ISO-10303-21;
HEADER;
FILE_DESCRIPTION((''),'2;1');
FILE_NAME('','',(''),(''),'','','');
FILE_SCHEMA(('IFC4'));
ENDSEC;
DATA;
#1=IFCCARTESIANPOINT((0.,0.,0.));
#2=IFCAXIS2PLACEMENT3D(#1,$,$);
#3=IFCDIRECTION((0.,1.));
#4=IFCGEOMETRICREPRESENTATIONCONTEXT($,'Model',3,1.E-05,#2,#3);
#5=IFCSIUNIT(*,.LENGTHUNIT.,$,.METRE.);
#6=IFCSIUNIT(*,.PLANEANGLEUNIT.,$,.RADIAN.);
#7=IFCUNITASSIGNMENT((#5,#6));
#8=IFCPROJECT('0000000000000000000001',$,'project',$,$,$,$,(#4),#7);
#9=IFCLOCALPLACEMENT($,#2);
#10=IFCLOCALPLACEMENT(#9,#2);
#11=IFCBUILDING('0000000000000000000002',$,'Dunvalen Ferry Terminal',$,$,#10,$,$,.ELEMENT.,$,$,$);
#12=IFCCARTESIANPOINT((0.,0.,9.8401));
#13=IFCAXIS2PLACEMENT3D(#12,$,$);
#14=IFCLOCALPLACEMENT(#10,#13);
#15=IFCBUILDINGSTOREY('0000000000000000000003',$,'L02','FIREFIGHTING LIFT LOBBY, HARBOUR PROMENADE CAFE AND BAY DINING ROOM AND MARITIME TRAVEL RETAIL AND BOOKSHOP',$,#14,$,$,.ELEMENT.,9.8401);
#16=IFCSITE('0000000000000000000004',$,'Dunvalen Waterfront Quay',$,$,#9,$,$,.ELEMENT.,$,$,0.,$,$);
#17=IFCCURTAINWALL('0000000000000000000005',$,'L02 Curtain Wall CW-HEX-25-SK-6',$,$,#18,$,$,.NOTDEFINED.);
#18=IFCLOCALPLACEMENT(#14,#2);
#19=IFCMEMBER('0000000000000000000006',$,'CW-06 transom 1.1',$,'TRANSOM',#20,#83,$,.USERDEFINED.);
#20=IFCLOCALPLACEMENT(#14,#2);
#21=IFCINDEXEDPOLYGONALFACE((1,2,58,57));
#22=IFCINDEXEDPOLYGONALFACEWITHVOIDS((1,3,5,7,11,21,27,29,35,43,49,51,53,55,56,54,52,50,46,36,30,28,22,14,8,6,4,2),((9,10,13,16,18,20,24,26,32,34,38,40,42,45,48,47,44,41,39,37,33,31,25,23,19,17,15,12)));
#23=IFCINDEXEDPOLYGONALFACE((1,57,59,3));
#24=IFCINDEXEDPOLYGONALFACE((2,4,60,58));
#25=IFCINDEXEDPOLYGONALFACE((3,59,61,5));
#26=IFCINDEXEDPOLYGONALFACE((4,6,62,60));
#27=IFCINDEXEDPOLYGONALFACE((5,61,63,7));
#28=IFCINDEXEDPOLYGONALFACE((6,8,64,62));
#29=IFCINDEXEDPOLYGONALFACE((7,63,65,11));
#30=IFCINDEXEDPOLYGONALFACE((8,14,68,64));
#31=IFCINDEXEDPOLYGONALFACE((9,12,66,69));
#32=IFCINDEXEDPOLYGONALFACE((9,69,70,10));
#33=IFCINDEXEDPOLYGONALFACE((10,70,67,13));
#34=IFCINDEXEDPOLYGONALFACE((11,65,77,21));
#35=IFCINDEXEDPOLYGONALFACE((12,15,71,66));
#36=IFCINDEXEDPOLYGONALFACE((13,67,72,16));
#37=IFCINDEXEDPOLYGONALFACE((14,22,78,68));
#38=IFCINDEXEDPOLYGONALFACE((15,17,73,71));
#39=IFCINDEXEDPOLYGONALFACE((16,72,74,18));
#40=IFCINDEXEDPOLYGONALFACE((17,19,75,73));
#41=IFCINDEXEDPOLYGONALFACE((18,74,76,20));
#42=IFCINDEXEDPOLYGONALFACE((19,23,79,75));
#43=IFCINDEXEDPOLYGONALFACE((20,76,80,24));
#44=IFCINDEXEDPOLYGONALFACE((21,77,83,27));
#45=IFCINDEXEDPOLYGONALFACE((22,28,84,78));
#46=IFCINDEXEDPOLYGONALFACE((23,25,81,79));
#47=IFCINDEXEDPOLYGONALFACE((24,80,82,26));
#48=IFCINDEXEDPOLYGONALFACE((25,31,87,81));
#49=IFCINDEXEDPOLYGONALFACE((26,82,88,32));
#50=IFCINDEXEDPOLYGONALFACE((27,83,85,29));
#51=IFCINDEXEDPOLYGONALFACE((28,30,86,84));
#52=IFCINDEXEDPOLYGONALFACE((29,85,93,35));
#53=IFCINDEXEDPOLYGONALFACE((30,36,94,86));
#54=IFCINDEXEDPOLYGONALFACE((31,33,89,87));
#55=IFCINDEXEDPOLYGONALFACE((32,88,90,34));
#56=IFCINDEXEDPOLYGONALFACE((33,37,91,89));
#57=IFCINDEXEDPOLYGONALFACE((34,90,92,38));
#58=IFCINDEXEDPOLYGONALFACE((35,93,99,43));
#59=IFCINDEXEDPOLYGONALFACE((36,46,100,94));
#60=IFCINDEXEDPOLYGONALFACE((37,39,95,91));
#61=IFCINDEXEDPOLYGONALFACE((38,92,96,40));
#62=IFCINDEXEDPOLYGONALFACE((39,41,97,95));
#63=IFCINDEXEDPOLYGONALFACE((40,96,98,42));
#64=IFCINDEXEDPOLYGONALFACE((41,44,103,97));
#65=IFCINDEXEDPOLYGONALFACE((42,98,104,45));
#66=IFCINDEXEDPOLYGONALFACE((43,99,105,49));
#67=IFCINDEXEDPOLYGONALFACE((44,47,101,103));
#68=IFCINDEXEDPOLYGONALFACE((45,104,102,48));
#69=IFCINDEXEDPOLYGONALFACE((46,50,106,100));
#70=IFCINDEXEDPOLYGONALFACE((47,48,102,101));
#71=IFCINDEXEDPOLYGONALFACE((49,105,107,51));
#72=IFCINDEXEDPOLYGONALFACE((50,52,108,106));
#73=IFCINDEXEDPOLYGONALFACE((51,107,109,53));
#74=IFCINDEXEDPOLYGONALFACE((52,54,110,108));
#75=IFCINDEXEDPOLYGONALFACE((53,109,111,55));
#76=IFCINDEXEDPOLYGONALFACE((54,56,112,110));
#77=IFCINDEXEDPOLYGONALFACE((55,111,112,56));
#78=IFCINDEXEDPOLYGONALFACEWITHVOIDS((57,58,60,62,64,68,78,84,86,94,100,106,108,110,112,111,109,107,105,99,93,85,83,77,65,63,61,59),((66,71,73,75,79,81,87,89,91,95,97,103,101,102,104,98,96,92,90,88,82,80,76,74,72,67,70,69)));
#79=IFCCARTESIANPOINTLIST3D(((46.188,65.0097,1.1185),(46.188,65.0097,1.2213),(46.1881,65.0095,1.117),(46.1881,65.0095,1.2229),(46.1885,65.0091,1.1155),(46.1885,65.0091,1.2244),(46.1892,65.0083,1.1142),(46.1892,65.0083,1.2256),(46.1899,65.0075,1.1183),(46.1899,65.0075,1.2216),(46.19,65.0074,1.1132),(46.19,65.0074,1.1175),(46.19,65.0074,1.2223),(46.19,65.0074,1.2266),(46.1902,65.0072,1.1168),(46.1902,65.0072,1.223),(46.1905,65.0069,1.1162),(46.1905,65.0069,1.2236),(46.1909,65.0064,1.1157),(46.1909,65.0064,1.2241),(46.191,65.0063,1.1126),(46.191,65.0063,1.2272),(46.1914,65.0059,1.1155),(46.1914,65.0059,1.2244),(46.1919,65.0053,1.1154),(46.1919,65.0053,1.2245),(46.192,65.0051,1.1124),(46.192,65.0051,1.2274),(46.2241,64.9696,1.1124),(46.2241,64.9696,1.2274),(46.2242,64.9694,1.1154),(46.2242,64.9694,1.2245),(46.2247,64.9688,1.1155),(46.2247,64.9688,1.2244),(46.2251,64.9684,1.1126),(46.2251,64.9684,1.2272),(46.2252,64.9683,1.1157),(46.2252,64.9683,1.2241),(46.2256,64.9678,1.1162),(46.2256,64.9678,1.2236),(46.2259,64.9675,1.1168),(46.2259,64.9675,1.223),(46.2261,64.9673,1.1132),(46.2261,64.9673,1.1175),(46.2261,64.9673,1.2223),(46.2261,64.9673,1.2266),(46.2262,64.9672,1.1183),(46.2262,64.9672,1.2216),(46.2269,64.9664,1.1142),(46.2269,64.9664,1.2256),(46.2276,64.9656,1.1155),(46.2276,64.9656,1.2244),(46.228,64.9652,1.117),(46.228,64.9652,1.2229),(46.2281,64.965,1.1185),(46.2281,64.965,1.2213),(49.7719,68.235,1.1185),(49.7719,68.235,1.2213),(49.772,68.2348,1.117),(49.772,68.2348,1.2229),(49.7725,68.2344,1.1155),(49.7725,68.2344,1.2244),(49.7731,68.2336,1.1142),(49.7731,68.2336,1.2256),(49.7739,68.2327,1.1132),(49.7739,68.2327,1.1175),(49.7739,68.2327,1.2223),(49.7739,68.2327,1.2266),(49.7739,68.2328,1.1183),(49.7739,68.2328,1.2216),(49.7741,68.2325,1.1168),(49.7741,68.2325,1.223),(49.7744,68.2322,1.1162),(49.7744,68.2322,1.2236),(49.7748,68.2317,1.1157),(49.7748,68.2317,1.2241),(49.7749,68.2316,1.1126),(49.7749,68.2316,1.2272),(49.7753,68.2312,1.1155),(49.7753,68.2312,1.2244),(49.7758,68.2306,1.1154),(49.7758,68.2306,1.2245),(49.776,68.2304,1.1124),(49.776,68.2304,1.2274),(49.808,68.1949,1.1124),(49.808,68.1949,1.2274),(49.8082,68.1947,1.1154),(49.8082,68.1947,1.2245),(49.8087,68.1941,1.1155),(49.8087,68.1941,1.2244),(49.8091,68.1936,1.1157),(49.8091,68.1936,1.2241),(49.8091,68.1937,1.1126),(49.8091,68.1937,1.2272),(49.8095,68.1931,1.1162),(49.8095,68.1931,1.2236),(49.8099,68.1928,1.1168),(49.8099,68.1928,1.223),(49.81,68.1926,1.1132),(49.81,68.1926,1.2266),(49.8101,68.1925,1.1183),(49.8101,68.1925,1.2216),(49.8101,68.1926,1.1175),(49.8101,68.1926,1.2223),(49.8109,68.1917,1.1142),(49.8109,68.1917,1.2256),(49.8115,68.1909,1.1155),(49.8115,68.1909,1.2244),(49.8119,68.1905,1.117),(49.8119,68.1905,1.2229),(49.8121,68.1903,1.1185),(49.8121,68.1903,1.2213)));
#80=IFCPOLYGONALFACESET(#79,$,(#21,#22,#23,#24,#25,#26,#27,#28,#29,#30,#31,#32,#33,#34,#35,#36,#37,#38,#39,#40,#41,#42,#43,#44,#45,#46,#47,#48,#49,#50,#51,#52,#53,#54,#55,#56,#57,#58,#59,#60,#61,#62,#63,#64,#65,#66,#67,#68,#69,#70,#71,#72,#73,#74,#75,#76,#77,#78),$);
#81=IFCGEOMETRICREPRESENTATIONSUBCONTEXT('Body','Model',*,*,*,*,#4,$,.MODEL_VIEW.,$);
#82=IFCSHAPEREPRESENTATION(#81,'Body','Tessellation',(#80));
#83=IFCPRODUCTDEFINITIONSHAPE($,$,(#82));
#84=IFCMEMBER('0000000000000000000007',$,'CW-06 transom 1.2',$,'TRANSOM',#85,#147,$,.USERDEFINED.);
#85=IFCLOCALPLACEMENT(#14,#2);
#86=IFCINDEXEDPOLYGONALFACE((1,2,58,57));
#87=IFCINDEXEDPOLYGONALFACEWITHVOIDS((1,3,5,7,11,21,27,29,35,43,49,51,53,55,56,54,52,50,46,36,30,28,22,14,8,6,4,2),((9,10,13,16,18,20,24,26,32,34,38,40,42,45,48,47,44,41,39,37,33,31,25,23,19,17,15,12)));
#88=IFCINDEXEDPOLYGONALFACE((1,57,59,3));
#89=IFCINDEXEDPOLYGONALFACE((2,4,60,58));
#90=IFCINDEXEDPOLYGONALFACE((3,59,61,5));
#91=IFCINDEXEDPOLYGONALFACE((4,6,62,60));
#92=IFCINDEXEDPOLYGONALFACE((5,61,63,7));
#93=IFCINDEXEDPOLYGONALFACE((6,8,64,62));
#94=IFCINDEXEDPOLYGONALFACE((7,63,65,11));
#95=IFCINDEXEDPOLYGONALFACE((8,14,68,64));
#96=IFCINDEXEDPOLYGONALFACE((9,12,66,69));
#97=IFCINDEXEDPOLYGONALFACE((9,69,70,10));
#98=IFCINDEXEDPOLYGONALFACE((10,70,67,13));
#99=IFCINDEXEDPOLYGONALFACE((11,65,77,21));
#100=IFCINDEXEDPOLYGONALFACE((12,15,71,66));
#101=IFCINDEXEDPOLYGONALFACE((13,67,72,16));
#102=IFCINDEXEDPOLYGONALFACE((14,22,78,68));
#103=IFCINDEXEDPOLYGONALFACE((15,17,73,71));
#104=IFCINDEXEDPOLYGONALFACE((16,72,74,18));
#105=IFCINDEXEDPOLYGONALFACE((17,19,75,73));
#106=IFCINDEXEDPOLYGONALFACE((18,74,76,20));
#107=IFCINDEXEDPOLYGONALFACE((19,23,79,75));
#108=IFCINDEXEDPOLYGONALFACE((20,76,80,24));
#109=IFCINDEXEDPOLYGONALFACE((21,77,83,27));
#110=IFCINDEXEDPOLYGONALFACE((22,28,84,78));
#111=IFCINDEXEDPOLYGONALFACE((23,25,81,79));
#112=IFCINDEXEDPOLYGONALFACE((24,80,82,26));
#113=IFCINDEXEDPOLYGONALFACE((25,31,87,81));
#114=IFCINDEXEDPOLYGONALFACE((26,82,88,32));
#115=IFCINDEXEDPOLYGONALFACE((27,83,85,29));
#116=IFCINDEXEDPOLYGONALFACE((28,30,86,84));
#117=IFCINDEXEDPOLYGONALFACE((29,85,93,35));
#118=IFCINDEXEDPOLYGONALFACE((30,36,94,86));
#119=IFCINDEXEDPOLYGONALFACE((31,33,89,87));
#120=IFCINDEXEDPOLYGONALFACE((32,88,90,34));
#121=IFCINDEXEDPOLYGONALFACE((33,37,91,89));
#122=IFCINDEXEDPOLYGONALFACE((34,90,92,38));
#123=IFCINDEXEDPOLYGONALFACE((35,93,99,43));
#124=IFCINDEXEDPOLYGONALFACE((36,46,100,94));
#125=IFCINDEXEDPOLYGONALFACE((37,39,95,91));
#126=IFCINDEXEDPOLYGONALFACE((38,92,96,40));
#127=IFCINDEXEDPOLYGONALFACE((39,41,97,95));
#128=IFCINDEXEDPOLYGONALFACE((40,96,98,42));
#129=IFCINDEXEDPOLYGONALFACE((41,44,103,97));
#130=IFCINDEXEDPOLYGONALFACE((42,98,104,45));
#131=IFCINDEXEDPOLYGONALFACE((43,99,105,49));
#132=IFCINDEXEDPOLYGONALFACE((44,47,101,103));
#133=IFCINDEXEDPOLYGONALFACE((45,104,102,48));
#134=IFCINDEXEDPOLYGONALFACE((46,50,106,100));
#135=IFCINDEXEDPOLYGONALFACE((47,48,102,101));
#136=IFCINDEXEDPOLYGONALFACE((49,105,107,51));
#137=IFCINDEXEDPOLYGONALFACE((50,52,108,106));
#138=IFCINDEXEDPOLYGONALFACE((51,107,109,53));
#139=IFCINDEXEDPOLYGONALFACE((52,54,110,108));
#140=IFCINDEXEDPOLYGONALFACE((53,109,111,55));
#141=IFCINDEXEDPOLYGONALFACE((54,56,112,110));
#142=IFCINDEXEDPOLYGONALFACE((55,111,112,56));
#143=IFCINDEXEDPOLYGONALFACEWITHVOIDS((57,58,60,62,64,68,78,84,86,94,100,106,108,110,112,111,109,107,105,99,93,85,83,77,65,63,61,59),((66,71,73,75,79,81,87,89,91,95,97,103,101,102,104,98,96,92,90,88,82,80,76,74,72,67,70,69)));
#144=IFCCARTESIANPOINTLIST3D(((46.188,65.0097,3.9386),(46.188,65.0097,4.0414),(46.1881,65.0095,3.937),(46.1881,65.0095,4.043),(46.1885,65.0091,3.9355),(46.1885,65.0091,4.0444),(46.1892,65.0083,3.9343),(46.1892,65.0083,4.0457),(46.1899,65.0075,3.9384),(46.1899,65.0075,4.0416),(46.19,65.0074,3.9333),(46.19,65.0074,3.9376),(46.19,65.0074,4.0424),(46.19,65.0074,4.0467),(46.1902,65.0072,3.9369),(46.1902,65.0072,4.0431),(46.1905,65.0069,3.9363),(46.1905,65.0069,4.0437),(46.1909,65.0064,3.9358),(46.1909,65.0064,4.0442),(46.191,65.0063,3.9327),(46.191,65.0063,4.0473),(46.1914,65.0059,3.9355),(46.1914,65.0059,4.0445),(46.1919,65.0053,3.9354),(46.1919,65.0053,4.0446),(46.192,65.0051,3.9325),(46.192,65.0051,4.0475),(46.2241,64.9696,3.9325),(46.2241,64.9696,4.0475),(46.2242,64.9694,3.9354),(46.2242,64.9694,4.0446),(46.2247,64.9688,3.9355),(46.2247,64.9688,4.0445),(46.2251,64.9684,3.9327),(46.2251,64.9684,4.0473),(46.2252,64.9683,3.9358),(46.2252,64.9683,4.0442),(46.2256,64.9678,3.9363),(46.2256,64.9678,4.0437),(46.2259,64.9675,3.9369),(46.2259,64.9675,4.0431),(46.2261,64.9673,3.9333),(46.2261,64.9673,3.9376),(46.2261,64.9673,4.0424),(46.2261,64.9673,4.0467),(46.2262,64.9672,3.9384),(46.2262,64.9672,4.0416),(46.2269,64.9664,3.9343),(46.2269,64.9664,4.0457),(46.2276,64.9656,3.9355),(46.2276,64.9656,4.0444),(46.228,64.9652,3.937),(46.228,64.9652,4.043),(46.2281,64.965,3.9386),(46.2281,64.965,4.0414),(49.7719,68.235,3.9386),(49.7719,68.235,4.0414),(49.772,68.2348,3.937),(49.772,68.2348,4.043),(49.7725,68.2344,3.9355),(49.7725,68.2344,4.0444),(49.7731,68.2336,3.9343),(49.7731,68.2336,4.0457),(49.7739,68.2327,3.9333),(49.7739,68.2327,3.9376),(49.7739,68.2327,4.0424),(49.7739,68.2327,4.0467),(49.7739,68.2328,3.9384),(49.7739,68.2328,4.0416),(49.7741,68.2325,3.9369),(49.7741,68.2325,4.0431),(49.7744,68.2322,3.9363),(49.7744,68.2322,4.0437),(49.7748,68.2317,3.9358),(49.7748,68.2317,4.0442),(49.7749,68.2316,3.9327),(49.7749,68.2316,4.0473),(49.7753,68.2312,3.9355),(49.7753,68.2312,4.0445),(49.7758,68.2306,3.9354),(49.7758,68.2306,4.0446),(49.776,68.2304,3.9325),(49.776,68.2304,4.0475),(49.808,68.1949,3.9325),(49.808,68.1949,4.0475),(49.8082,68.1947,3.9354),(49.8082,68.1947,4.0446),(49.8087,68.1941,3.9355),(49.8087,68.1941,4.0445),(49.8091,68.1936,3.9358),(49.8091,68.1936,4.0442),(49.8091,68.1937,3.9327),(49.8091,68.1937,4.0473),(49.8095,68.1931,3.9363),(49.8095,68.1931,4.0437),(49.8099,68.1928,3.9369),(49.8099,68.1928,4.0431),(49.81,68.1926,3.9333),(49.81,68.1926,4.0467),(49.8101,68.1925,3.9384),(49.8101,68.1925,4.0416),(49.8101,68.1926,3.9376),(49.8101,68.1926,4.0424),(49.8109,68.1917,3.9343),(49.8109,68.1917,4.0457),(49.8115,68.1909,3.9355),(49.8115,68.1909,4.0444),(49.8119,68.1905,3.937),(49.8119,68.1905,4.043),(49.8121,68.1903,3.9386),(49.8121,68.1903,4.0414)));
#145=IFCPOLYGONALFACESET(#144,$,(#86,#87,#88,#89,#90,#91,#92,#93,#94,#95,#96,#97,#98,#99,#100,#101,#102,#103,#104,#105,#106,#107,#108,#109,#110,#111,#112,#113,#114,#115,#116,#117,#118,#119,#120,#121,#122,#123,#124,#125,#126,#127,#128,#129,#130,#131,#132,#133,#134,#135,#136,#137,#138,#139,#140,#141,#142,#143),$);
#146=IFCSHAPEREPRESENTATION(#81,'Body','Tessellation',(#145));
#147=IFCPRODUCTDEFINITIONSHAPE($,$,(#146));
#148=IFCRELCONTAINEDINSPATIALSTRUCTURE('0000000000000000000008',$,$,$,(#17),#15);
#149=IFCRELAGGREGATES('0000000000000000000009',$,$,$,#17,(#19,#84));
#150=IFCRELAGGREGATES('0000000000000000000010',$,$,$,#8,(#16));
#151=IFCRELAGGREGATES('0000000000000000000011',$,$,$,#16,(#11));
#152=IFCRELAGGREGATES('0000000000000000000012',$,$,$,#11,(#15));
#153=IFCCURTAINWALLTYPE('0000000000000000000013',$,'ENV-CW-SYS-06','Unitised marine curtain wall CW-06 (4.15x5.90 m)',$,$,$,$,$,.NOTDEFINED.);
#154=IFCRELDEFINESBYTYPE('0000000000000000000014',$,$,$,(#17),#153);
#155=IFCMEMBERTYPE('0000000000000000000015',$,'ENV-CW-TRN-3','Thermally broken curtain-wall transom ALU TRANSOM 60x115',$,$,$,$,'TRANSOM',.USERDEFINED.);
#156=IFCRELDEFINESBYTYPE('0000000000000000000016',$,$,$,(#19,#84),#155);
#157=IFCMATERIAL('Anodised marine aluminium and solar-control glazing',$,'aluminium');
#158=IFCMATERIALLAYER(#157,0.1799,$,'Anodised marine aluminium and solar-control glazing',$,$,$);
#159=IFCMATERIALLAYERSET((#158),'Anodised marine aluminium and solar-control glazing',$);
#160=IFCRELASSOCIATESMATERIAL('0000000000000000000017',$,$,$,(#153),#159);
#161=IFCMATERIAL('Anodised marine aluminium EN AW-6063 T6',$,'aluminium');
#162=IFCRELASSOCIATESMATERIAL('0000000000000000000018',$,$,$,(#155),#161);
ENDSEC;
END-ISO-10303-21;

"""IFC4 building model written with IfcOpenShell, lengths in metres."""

from ifc_helpers import new_model, si_unit, direction, frame, origin, origin_2d, place, context, subcontext, project, spatial, hollow_rectangle, extrude, material, layer, layer_set, material_profile, profile_set, type_object, element, aggregate, save


model = new_model("IFC4")

# Units and contexts
model_context = context("Model", 3, precision=1e-05, world=origin(), true_north=direction((0.0, 1.0)))
body_context = subcontext(model_context, "Body", "Model", "MODEL_VIEW")
ifc_project = project(units=[si_unit("LENGTHUNIT", "METRE"), si_unit("PLANEANGLEUNIT", "RADIAN")], contexts=[model_context])

# Site, building, storey
site_placement = place(None, origin())
site = spatial("IfcSite", under=ifc_project, at=site_placement, Name="Dunvalen Waterfront Quay", CompositionType="ELEMENT", RefElevation=0.0)
building_placement = place(site_placement, origin())
building = spatial("IfcBuilding", under=site, at=building_placement, Name="Dunvalen Ferry Terminal", CompositionType="ELEMENT")
storey_placement = place(building_placement, frame((0.0, 0.0, 9.8401)))
storey = spatial("IfcBuildingStorey", under=building, at=storey_placement, Name="L02", Description="FIREFIGHTING LIFT LOBBY, HARBOUR PROMENADE CAFE AND BAY DINING ROOM AND MARITIME TRAVEL RETAIL AND BOOKSHOP", CompositionType="ELEMENT", Elevation=9.8401)

# Shared definitions
ifc_material_1 = material(Name="Anodised marine aluminium and solar-control glazing", Category="aluminium")
ifc_material_2 = material(Name="Anodised marine aluminium EN AW-6063 T6", Category="aluminium")

# Curtain wall
ifc_layer_1 = layer(ifc_material_1, 0.1799, Name="Anodised marine aluminium and solar-control glazing")
ifc_layer_set_1 = layer_set([ifc_layer_1], Name="Anodised marine aluminium and solar-control glazing")
curtain_wall_type_1 = type_object("IfcCurtainWallType", Name="ENV-CW-SYS-06", Description="Unitised marine curtain wall CW-06 (4.15x5.90 m)", PredefinedType="NOTDEFINED", material=ifc_layer_set_1)
curtain_wall_1_placement = place(storey_placement, origin())
curtain_wall_1 = element("IfcCurtainWall", 1, at=curtain_wall_1_placement, inside=storey, type_object=curtain_wall_type_1, Name="L02 Curtain Wall CW-HEX-25-SK-6", PredefinedType="NOTDEFINED")

# Members
ifc_material_profile_1 = material_profile(ifc_material_2, hollow_rectangle(XDim=0.0601, YDim=0.115, WallThickness=0.0029, InnerFilletRadius=0.0029, OuterFilletRadius=0.0061, at=origin_2d()), Name="Anodised marine aluminium EN AW-6063 T6")
ifc_profile_set_1 = profile_set([ifc_material_profile_1], Name="Anodised marine aluminium EN AW-6063 T6")
member_type_1 = type_object("IfcMemberType", Name="ENV-CW-TRN-3", Description="Thermally broken curtain-wall transom ALU TRANSOM 60x115", ElementType="TRANSOM", PredefinedType="USERDEFINED", material=ifc_profile_set_1)
member_1_placement = place(storey_placement, frame((49.792, 68.2126, 1.1699), z_axis=(-0.743319, -0.668937, 0.0), x_axis=(0.668937, -0.743319, 0.0)))
member_1 = element("IfcMember", 2, at=member_1_placement, type_object=member_type_1, Name="CW-06 transom 1.1", ObjectType="TRANSOM", PredefinedType="USERDEFINED", context=body_context, shape_type="SweptSolid", body=[
    extrude(hollow_rectangle(XDim=0.0601, YDim=0.115, WallThickness=0.0029, InnerFilletRadius=0.0029, OuterFilletRadius=0.0061, at=origin_2d()), origin(), (0.0, 0.0, 1.0), 4.8215),
])
member_2_placement = place(storey_placement, frame((49.792, 68.2126, 3.99), z_axis=(-0.743319, -0.668937, 0.0), x_axis=(0.668937, -0.743319, 0.0)))
member_2 = element("IfcMember", 3, at=member_2_placement, type_object=member_type_1, Name="CW-06 transom 1.2", ObjectType="TRANSOM", PredefinedType="USERDEFINED", context=body_context, shape_type="SweptSolid", body=[
    extrude(hollow_rectangle(XDim=0.0601, YDim=0.115, WallThickness=0.0029, InnerFilletRadius=0.0029, OuterFilletRadius=0.0061, at=origin_2d()), origin(), (0.0, 0.0, 1.0), 4.8215),
])

aggregate(curtain_wall_1, [member_1, member_2])

save(model, "model.ifc")
